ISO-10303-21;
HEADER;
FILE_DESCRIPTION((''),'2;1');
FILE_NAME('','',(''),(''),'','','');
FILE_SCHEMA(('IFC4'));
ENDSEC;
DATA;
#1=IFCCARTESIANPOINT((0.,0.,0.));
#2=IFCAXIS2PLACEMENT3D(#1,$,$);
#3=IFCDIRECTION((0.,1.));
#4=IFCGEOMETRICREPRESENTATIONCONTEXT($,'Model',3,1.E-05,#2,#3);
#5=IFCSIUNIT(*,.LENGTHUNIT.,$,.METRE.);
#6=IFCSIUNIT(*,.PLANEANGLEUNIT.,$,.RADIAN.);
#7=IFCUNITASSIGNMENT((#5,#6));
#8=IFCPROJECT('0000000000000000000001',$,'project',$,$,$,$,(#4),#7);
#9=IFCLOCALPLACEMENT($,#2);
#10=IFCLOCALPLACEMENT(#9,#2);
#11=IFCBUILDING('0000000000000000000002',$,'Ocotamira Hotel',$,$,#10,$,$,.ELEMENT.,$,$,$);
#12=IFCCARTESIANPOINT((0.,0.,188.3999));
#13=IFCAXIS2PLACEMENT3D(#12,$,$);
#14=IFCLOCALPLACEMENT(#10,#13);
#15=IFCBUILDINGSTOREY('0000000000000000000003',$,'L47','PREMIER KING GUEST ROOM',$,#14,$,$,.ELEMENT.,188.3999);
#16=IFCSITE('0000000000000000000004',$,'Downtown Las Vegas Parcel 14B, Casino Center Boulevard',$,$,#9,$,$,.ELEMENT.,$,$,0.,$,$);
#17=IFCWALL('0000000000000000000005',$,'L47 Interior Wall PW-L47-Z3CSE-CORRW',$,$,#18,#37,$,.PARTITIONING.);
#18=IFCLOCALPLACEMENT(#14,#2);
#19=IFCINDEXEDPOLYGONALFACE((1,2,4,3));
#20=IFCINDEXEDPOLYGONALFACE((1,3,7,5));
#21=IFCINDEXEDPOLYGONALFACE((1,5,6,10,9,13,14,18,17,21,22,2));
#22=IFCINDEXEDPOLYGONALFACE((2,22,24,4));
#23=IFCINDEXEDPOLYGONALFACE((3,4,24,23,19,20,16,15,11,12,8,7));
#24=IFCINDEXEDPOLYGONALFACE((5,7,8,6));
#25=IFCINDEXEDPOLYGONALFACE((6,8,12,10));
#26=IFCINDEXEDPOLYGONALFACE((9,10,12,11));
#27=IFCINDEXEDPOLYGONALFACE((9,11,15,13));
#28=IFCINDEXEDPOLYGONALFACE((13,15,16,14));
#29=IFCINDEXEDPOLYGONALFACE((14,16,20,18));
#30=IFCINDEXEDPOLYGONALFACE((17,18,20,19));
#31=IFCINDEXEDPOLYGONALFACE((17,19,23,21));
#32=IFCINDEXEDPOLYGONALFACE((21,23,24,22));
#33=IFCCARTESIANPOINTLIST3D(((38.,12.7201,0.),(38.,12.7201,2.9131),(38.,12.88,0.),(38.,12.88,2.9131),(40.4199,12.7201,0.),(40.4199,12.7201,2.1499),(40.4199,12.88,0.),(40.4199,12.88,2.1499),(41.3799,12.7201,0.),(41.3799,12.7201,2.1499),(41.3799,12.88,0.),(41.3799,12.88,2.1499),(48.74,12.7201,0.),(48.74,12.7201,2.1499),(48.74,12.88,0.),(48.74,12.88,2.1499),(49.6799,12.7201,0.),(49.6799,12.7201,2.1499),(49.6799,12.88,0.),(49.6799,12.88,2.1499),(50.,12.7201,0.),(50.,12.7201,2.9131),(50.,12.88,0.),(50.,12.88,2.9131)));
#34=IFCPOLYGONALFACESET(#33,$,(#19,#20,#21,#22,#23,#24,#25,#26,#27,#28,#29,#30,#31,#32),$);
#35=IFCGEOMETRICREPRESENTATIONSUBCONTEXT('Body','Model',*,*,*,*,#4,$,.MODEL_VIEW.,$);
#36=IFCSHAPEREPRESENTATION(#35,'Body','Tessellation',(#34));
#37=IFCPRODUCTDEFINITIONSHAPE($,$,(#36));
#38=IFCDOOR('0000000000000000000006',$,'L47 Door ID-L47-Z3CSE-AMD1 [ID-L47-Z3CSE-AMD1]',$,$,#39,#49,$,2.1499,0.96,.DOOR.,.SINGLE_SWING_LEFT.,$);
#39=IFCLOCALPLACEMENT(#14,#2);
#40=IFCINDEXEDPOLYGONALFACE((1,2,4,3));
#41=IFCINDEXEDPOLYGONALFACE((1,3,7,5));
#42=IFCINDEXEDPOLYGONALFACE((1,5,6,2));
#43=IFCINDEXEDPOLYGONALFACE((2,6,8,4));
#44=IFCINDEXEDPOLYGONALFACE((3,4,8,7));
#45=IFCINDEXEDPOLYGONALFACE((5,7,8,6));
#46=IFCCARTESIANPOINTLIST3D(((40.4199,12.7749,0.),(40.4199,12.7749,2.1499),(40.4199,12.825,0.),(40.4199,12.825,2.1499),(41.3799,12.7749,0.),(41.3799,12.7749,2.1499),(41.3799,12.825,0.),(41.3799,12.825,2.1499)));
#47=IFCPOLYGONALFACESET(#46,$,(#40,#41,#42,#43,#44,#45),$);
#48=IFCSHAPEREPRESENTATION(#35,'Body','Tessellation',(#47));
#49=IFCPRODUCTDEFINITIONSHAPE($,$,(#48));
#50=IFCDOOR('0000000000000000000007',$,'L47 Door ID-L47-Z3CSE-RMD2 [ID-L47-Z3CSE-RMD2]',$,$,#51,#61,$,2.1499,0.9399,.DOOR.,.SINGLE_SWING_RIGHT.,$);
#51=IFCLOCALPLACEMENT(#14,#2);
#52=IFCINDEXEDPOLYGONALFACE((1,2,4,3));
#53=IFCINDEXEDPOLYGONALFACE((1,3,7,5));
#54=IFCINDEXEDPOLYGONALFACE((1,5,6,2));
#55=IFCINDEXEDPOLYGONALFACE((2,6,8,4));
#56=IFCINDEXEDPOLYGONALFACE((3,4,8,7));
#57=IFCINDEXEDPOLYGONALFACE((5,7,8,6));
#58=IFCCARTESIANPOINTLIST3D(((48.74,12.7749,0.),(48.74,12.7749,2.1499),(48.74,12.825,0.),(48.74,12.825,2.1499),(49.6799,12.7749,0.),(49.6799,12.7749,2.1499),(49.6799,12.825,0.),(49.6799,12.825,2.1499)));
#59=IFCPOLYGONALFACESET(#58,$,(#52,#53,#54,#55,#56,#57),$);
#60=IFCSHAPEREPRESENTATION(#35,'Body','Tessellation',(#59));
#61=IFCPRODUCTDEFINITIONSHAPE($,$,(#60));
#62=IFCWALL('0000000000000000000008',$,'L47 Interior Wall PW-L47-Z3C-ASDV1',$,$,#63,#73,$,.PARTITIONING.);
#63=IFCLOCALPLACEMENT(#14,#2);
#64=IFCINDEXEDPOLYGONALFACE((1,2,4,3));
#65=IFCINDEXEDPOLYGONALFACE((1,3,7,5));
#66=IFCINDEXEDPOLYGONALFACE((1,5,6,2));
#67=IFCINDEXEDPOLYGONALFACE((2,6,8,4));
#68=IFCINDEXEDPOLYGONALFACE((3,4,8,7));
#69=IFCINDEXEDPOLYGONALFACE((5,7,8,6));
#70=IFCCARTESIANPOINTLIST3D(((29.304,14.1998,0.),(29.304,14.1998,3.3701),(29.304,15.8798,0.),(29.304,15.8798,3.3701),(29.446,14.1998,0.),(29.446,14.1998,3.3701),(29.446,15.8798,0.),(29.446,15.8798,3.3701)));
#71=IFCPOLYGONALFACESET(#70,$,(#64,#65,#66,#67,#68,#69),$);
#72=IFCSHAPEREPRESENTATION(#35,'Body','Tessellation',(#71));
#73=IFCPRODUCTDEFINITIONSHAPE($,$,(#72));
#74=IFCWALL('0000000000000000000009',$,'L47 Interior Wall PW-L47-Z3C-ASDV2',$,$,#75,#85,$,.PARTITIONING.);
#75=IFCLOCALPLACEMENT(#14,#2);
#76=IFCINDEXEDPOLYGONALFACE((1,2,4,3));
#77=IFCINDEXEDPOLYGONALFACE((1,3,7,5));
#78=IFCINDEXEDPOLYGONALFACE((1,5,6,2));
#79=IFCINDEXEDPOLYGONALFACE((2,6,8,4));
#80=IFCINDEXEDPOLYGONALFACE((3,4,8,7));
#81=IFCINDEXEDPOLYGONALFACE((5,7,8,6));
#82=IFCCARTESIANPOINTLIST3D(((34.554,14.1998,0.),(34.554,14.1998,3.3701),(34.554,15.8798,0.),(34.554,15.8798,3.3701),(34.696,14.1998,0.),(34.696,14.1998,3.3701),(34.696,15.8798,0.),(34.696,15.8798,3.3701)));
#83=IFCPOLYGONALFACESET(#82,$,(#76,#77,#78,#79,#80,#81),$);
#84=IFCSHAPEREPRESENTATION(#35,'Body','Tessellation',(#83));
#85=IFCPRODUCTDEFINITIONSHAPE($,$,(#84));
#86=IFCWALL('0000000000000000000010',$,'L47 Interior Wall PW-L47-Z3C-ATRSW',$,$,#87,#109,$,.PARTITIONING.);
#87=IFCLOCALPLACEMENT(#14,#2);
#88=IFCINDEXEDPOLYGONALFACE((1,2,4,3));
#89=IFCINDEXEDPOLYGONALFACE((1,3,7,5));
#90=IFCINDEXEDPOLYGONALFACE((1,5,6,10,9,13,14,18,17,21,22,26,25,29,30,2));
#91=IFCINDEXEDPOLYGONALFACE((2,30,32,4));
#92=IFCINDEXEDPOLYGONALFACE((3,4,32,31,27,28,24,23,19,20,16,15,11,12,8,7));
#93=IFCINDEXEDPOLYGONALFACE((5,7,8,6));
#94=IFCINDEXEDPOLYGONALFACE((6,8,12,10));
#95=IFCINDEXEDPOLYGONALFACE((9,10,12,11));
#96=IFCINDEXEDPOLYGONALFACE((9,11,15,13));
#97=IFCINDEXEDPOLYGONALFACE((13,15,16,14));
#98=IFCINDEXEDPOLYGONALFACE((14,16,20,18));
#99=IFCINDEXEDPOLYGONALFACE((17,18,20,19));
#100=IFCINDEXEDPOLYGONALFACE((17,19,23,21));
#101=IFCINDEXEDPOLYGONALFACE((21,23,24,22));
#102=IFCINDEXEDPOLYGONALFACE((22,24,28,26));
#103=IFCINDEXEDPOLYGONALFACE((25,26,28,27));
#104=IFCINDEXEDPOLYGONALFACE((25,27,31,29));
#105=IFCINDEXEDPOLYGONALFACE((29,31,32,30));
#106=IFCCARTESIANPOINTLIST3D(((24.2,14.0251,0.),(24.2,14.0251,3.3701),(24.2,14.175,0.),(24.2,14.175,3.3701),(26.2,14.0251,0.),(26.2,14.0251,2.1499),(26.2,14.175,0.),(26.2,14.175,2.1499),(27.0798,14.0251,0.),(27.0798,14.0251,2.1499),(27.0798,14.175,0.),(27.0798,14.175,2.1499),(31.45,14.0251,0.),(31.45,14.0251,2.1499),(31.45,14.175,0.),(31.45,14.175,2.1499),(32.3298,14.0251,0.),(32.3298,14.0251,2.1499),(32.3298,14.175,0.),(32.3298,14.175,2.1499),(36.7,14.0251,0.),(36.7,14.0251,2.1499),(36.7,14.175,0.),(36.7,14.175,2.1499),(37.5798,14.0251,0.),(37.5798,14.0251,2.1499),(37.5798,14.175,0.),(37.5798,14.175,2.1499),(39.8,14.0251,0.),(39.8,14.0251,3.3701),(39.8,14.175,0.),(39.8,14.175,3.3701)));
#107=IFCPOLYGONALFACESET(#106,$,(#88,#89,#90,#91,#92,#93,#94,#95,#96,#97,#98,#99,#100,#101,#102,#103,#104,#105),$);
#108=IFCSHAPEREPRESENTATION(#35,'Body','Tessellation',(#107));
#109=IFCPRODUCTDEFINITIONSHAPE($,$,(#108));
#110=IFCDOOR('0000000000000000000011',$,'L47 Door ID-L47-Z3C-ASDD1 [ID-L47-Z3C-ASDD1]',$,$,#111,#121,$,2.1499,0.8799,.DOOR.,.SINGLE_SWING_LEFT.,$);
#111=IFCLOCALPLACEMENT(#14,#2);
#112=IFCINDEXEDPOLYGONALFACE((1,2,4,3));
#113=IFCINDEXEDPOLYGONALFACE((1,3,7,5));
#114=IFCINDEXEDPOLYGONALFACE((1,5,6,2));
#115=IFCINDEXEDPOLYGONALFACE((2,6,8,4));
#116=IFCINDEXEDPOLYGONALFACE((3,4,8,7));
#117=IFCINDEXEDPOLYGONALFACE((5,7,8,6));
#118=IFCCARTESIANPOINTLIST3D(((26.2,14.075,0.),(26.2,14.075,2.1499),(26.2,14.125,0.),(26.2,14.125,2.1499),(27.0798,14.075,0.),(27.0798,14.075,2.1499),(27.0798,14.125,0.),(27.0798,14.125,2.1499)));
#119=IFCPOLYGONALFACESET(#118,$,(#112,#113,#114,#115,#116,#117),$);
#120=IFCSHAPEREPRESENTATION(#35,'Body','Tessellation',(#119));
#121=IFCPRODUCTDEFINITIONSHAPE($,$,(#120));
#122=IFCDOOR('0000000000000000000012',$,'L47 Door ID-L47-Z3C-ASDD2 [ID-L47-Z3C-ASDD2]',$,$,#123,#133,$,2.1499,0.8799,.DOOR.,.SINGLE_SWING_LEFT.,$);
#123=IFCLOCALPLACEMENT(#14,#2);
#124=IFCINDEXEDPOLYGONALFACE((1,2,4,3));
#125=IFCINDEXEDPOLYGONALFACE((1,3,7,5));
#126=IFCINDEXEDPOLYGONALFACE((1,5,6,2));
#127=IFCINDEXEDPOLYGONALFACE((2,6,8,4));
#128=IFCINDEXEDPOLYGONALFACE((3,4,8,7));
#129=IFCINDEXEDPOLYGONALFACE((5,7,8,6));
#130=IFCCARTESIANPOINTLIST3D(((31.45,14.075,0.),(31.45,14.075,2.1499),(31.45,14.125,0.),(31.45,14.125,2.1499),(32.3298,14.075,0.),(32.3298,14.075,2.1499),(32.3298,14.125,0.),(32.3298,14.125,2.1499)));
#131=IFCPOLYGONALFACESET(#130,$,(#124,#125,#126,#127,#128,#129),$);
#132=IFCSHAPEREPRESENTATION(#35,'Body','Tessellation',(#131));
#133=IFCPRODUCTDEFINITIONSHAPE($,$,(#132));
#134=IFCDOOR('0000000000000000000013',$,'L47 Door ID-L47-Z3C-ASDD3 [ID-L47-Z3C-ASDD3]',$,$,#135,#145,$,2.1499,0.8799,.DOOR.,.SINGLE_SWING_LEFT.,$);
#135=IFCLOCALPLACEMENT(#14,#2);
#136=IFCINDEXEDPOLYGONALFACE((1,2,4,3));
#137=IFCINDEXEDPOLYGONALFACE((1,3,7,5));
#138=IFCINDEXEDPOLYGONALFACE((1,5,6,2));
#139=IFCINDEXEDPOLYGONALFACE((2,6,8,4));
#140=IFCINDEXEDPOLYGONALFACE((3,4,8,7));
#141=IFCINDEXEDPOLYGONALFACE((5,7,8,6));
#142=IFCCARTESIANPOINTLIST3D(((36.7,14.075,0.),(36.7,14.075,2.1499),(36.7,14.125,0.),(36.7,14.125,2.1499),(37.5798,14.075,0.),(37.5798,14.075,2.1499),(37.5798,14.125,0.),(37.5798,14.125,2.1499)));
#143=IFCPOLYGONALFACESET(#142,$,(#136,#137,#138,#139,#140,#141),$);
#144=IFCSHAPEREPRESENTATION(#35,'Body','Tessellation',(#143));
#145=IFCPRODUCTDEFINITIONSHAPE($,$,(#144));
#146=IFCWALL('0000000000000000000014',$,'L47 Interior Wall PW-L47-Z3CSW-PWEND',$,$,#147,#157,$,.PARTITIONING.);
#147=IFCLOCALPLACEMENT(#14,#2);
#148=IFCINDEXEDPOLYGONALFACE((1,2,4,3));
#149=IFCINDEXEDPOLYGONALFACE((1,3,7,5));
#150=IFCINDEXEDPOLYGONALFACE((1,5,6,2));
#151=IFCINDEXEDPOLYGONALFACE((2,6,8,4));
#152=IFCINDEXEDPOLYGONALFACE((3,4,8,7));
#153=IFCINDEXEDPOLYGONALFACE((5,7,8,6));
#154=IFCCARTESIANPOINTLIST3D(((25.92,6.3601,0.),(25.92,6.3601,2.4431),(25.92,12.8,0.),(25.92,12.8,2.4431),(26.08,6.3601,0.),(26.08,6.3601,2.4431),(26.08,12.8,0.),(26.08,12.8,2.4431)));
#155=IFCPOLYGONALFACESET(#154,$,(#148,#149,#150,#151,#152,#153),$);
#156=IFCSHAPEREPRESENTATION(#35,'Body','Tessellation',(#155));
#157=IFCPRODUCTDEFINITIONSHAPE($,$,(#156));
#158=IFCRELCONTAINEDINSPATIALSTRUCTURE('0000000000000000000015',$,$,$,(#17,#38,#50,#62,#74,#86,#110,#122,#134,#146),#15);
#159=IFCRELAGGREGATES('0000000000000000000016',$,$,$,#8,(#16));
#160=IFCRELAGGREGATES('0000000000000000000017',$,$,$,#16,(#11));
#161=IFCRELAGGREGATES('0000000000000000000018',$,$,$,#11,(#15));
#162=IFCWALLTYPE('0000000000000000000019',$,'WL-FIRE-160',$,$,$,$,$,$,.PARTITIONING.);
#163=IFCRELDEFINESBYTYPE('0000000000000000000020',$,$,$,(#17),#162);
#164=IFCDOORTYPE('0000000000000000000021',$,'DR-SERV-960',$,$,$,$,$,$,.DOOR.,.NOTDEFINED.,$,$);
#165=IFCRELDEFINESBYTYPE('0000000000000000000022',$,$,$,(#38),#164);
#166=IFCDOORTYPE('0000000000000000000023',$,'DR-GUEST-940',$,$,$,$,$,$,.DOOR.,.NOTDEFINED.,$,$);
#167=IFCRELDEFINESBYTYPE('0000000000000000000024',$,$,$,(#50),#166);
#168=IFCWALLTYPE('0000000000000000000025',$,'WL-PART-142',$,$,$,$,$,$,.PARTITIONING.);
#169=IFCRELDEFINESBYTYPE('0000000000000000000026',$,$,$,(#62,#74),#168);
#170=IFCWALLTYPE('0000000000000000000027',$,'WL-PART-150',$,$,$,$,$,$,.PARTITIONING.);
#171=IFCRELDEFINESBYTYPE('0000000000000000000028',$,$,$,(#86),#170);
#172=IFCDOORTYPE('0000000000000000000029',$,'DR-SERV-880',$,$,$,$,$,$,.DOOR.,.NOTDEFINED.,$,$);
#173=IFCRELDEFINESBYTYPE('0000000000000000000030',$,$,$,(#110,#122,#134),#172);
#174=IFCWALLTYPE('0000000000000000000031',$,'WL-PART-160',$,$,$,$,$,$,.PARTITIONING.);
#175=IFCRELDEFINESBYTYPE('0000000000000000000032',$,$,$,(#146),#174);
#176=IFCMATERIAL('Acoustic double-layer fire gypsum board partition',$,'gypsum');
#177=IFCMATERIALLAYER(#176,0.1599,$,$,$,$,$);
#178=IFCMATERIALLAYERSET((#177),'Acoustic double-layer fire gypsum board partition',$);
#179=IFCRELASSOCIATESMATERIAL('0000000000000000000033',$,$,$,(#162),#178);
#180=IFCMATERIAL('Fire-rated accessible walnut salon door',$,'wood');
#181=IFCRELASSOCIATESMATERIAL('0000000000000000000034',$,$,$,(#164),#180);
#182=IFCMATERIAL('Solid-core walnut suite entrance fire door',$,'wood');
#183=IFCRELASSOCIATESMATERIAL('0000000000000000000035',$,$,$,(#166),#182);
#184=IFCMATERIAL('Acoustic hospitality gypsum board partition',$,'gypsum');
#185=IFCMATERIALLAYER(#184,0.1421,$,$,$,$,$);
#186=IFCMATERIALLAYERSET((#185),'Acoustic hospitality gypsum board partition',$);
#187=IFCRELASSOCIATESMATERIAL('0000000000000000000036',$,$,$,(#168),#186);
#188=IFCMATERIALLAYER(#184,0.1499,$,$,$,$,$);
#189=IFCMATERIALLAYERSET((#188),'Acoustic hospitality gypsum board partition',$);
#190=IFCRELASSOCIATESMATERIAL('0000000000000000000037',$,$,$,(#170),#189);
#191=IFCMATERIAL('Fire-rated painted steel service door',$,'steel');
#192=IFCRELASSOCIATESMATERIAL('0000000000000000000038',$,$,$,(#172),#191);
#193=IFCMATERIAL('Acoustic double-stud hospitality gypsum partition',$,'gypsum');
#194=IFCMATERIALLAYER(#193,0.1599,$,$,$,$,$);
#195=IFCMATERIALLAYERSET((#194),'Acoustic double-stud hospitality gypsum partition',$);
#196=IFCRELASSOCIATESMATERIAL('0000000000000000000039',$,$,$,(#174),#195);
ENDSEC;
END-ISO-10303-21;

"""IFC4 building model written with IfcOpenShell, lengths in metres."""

from ifc_helpers import new_model, si_unit, direction, frame, frame_2d, origin, place, context, subcontext, project, spatial, rectangle, extrude, source, transform, mapped, material, layer, layer_set, type_object, element, fill, save


model = new_model("IFC4")

# Units and contexts
model_context = context("Model", 3, precision=1e-05, world=origin(), true_north=direction((0.0, 1.0)))
body_context = subcontext(model_context, "Body", "Model", "MODEL_VIEW")
ifc_project = project(units=[si_unit("LENGTHUNIT", "METRE"), si_unit("PLANEANGLEUNIT", "RADIAN")], contexts=[model_context])

# Site, building, storey
site_placement = place(None, origin())
site = spatial("IfcSite", under=ifc_project, at=site_placement, Name="Downtown Las Vegas Parcel 14B, Casino Center Boulevard", CompositionType="ELEMENT", RefElevation=0.0)
building_placement = place(site_placement, origin())
building = spatial("IfcBuilding", under=site, at=building_placement, Name="Ocotamira Hotel", CompositionType="ELEMENT")
storey_placement = place(building_placement, frame((0.0, 0.0, 188.3999)))
storey = spatial("IfcBuildingStorey", under=building, at=storey_placement, Name="L47", Description="PREMIER KING GUEST ROOM", CompositionType="ELEMENT", Elevation=188.3999)

# Shared definitions
ifc_material_1 = material(Name="Acoustic double-layer fire gypsum board partition", Category="gypsum")
ifc_layer_1 = layer(ifc_material_1, 0.1599)
ifc_layer_set_1 = layer_set([ifc_layer_1], Name="Acoustic double-layer fire gypsum board partition")
wall_type_1 = type_object("IfcWallType", Name="WL-FIRE-160", PredefinedType="PARTITIONING", material=ifc_layer_set_1)
ifc_material_2 = material(Name="Fire-rated accessible walnut salon door", Category="wood")
door_type_1 = type_object("IfcDoorType", Name="DR-SERV-960", OperationType="NOTDEFINED", PredefinedType="DOOR", material=ifc_material_2)
shared_shape_1 = source(origin(), body_context, "Body", "SweptSolid", [
    extrude(rectangle(XDim=0.96, YDim=2.1499, at=frame_2d((0.48, 1.075))), frame((0.0, 0.0249, 0.0), z_axis=(0.0, -1.0, 0.0), x_axis=(1.0, 0.0, 0.0)), (0.0, 0.0, 1.0), 0.05),
])

# Wall, openings, doors
wall_1_placement = place(storey_placement, frame((38.0, 12.8, 0.0), z_axis=(0.0, 0.0, 1.0), x_axis=(1.0, 0.0, 0.0)))
wall_1 = element("IfcWall", 1, at=wall_1_placement, inside=storey, type_object=wall_type_1, Name="L47 Interior Wall PW-L47-Z3CSE-CORRW", PredefinedType="PARTITIONING", context=body_context, shape_type="SweptSolid", body=[
    extrude(rectangle(XDim=12.0, YDim=0.1599, at=frame_2d((6.0, 0.0))), origin(), (0.0, 0.0, 1.0), 2.9131),
])
opening_1_placement = place(wall_1_placement, frame((2.4199, 0.0, 0.0)))
opening_1 = element("IfcOpeningElement", 2, at=opening_1_placement, cuts=wall_1, PredefinedType="OPENING", context=body_context, shape_type="SweptSolid", body=[
    extrude(rectangle(XDim=0.96, YDim=2.1499, at=frame_2d((0.48, 1.075))), frame((0.0, 0.0898, 0.0), z_axis=(0.0, -1.0, 0.0), x_axis=(1.0, 0.0, 0.0)), (0.0, 0.0, 1.0), 0.1799),
])
opening_2_placement = place(wall_1_placement, frame((10.74, 0.0, 0.0)))
opening_2 = element("IfcOpeningElement", 3, at=opening_2_placement, cuts=wall_1, PredefinedType="OPENING", context=body_context, shape_type="SweptSolid", body=[
    extrude(rectangle(XDim=0.9399, YDim=2.1499, at=frame_2d((0.47, 1.075))), frame((0.0, 0.0898, 0.0), z_axis=(0.0, -1.0, 0.0), x_axis=(1.0, 0.0, 0.0)), (0.0, 0.0, 1.0), 0.1799),
])
door_1_placement = place(opening_1_placement, origin())
door_1 = element("IfcDoor", 4, at=door_1_placement, inside=storey, type_object=door_type_1, Name="L47 Door ID-L47-Z3CSE-AMD1 [ID-L47-Z3CSE-AMD1]", OperationType="SINGLE_SWING_LEFT", OverallHeight=2.1499, OverallWidth=0.96, PredefinedType="DOOR", context=body_context, shape_type="MappedRepresentation", body=[
    mapped(shared_shape_1, transform((0.0, 0.0, 0.0), scale=1.0)),
])
fill(opening_1, door_1)
ifc_material_3 = material(Name="Solid-core walnut suite entrance fire door", Category="wood")
door_type_2 = type_object("IfcDoorType", Name="DR-GUEST-940", OperationType="NOTDEFINED", PredefinedType="DOOR", material=ifc_material_3)
shared_shape_2 = source(origin(), body_context, "Body", "SweptSolid", [
    extrude(rectangle(XDim=0.9399, YDim=2.1499, at=frame_2d((0.47, 1.075))), frame((0.0, 0.0249, 0.0), z_axis=(0.0, -1.0, 0.0), x_axis=(1.0, 0.0, 0.0)), (0.0, 0.0, 1.0), 0.05),
])
door_2_placement = place(opening_2_placement, origin())
door_2 = element("IfcDoor", 5, at=door_2_placement, inside=storey, type_object=door_type_2, Name="L47 Door ID-L47-Z3CSE-RMD2 [ID-L47-Z3CSE-RMD2]", OperationType="SINGLE_SWING_RIGHT", OverallHeight=2.1499, OverallWidth=0.9399, PredefinedType="DOOR", context=body_context, shape_type="MappedRepresentation", body=[
    mapped(shared_shape_2, transform((0.0, 0.0, 0.0), scale=1.0)),
])
fill(opening_2, door_2)

# Walls
ifc_material_4 = material(Name="Acoustic hospitality gypsum board partition", Category="gypsum")
ifc_layer_2 = layer(ifc_material_4, 0.1421)
ifc_layer_set_2 = layer_set([ifc_layer_2], Name="Acoustic hospitality gypsum board partition")
wall_type_2 = type_object("IfcWallType", Name="WL-PART-142", PredefinedType="PARTITIONING", material=ifc_layer_set_2)
for number, where, z_axis, x_axis, name in (
    (6, (29.375, 14.2, 0.0), (0.0, 0.0, 1.0), (0.0, 1.0, 0.0), "L47 Interior Wall PW-L47-Z3C-ASDV1"),
    (7, (34.625, 14.2, 0.0), (0.0, 0.0, 1.0), (0.0, 1.0, 0.0), "L47 Interior Wall PW-L47-Z3C-ASDV2"),
):
    element("IfcWall", number, at=place(storey_placement, frame(where, z_axis=z_axis, x_axis=x_axis)), inside=storey, type_object=wall_type_2, Name=name, PredefinedType="PARTITIONING", context=body_context, shape_type="SweptSolid", body=[
        extrude(rectangle(XDim=1.6799, YDim=0.1421, at=frame_2d((0.8398, 0.0))), origin(), (0.0, 0.0, 1.0), 3.3701),
    ])

# Wall, openings, doors
ifc_layer_3 = layer(ifc_material_4, 0.1499)
ifc_layer_set_3 = layer_set([ifc_layer_3], Name="Acoustic hospitality gypsum board partition")
wall_type_3 = type_object("IfcWallType", Name="WL-PART-150", PredefinedType="PARTITIONING", material=ifc_layer_set_3)
wall_2_placement = place(storey_placement, frame((24.2, 14.1001, 0.0), z_axis=(0.0, 0.0, 1.0), x_axis=(1.0, 0.0, 0.0)))
wall_2 = element("IfcWall", 8, at=wall_2_placement, inside=storey, type_object=wall_type_3, Name="L47 Interior Wall PW-L47-Z3C-ATRSW", PredefinedType="PARTITIONING", context=body_context, shape_type="SweptSolid", body=[
    extrude(rectangle(XDim=15.6001, YDim=0.1499, at=frame_2d((7.8, 0.0))), origin(), (0.0, 0.0, 1.0), 3.3701),
])
opening_3_placement = place(wall_2_placement, frame((2.0, 0.0, 0.0)))
opening_3 = element("IfcOpeningElement", 9, at=opening_3_placement, cuts=wall_2, PredefinedType="OPENING", context=body_context, shape_type="SweptSolid", body=[
    extrude(rectangle(XDim=0.8799, YDim=2.1499, at=frame_2d((0.4399, 1.075))), frame((0.0, 0.085, 0.0), z_axis=(0.0, -1.0, 0.0), x_axis=(1.0, 0.0, 0.0)), (0.0, 0.0, 1.0), 0.1699),
])
opening_4_placement = place(wall_2_placement, frame((7.25, 0.0, 0.0)))
opening_4 = element("IfcOpeningElement", 10, at=opening_4_placement, cuts=wall_2, PredefinedType="OPENING", context=body_context, shape_type="SweptSolid", body=[
    extrude(rectangle(XDim=0.8799, YDim=2.1499, at=frame_2d((0.4399, 1.075))), frame((0.0, 0.085, 0.0), z_axis=(0.0, -1.0, 0.0), x_axis=(1.0, 0.0, 0.0)), (0.0, 0.0, 1.0), 0.1699),
])
opening_5_placement = place(wall_2_placement, frame((12.5, 0.0, 0.0)))
opening_5 = element("IfcOpeningElement", 11, at=opening_5_placement, cuts=wall_2, PredefinedType="OPENING", context=body_context, shape_type="SweptSolid", body=[
    extrude(rectangle(XDim=0.8799, YDim=2.1499, at=frame_2d((0.4399, 1.075))), frame((0.0, 0.085, 0.0), z_axis=(0.0, -1.0, 0.0), x_axis=(1.0, 0.0, 0.0)), (0.0, 0.0, 1.0), 0.1699),
])
ifc_material_5 = material(Name="Fire-rated painted steel service door", Category="steel")
door_type_3 = type_object("IfcDoorType", Name="DR-SERV-880", OperationType="NOTDEFINED", PredefinedType="DOOR", material=ifc_material_5)
shared_shape_3 = source(origin(), body_context, "Body", "SweptSolid", [
    extrude(rectangle(XDim=0.8799, YDim=2.1499, at=frame_2d((0.4399, 1.075))), frame((0.0, 0.0249, 0.0), z_axis=(0.0, -1.0, 0.0), x_axis=(1.0, 0.0, 0.0)), (0.0, 0.0, 1.0), 0.05),
])
door_3_placement = place(opening_3_placement, origin())
door_3 = element("IfcDoor", 12, at=door_3_placement, inside=storey, type_object=door_type_3, Name="L47 Door ID-L47-Z3C-ASDD1 [ID-L47-Z3C-ASDD1]", OperationType="SINGLE_SWING_LEFT", OverallHeight=2.1499, OverallWidth=0.8799, PredefinedType="DOOR", context=body_context, shape_type="MappedRepresentation", body=[
    mapped(shared_shape_3, transform((0.0, 0.0, 0.0), scale=1.0)),
])
fill(opening_3, door_3)
door_4_placement = place(opening_4_placement, origin())
door_4 = element("IfcDoor", 13, at=door_4_placement, inside=storey, type_object=door_type_3, Name="L47 Door ID-L47-Z3C-ASDD2 [ID-L47-Z3C-ASDD2]", OperationType="SINGLE_SWING_LEFT", OverallHeight=2.1499, OverallWidth=0.8799, PredefinedType="DOOR", context=body_context, shape_type="MappedRepresentation", body=[
    mapped(shared_shape_3, transform((0.0, 0.0, 0.0), scale=1.0)),
])
fill(opening_4, door_4)
door_5_placement = place(opening_5_placement, origin())
door_5 = element("IfcDoor", 14, at=door_5_placement, inside=storey, type_object=door_type_3, Name="L47 Door ID-L47-Z3C-ASDD3 [ID-L47-Z3C-ASDD3]", OperationType="SINGLE_SWING_LEFT", OverallHeight=2.1499, OverallWidth=0.8799, PredefinedType="DOOR", context=body_context, shape_type="MappedRepresentation", body=[
    mapped(shared_shape_3, transform((0.0, 0.0, 0.0), scale=1.0)),
])
fill(opening_5, door_5)

# Wall
ifc_material_6 = material(Name="Acoustic double-stud hospitality gypsum partition", Category="gypsum")
ifc_layer_4 = layer(ifc_material_6, 0.1599)
ifc_layer_set_4 = layer_set([ifc_layer_4], Name="Acoustic double-stud hospitality gypsum partition")
wall_type_4 = type_object("IfcWallType", Name="WL-PART-160", PredefinedType="PARTITIONING", material=ifc_layer_set_4)
for number, where, z_axis, x_axis, name in (
    (15, (26.0, 6.3601, 0.0), (0.0, 0.0, 1.0), (0.0, 1.0, 0.0), "L47 Interior Wall PW-L47-Z3CSW-PWEND"),
):
    element("IfcWall", number, at=place(storey_placement, frame(where, z_axis=z_axis, x_axis=x_axis)), inside=storey, type_object=wall_type_4, Name=name, PredefinedType="PARTITIONING", context=body_context, shape_type="SweptSolid", body=[
        extrude(rectangle(XDim=6.4399, YDim=0.1599, at=frame_2d((3.22, 0.0))), origin(), (0.0, 0.0, 1.0), 2.4431),
    ])

save(model, "model.ifc")
